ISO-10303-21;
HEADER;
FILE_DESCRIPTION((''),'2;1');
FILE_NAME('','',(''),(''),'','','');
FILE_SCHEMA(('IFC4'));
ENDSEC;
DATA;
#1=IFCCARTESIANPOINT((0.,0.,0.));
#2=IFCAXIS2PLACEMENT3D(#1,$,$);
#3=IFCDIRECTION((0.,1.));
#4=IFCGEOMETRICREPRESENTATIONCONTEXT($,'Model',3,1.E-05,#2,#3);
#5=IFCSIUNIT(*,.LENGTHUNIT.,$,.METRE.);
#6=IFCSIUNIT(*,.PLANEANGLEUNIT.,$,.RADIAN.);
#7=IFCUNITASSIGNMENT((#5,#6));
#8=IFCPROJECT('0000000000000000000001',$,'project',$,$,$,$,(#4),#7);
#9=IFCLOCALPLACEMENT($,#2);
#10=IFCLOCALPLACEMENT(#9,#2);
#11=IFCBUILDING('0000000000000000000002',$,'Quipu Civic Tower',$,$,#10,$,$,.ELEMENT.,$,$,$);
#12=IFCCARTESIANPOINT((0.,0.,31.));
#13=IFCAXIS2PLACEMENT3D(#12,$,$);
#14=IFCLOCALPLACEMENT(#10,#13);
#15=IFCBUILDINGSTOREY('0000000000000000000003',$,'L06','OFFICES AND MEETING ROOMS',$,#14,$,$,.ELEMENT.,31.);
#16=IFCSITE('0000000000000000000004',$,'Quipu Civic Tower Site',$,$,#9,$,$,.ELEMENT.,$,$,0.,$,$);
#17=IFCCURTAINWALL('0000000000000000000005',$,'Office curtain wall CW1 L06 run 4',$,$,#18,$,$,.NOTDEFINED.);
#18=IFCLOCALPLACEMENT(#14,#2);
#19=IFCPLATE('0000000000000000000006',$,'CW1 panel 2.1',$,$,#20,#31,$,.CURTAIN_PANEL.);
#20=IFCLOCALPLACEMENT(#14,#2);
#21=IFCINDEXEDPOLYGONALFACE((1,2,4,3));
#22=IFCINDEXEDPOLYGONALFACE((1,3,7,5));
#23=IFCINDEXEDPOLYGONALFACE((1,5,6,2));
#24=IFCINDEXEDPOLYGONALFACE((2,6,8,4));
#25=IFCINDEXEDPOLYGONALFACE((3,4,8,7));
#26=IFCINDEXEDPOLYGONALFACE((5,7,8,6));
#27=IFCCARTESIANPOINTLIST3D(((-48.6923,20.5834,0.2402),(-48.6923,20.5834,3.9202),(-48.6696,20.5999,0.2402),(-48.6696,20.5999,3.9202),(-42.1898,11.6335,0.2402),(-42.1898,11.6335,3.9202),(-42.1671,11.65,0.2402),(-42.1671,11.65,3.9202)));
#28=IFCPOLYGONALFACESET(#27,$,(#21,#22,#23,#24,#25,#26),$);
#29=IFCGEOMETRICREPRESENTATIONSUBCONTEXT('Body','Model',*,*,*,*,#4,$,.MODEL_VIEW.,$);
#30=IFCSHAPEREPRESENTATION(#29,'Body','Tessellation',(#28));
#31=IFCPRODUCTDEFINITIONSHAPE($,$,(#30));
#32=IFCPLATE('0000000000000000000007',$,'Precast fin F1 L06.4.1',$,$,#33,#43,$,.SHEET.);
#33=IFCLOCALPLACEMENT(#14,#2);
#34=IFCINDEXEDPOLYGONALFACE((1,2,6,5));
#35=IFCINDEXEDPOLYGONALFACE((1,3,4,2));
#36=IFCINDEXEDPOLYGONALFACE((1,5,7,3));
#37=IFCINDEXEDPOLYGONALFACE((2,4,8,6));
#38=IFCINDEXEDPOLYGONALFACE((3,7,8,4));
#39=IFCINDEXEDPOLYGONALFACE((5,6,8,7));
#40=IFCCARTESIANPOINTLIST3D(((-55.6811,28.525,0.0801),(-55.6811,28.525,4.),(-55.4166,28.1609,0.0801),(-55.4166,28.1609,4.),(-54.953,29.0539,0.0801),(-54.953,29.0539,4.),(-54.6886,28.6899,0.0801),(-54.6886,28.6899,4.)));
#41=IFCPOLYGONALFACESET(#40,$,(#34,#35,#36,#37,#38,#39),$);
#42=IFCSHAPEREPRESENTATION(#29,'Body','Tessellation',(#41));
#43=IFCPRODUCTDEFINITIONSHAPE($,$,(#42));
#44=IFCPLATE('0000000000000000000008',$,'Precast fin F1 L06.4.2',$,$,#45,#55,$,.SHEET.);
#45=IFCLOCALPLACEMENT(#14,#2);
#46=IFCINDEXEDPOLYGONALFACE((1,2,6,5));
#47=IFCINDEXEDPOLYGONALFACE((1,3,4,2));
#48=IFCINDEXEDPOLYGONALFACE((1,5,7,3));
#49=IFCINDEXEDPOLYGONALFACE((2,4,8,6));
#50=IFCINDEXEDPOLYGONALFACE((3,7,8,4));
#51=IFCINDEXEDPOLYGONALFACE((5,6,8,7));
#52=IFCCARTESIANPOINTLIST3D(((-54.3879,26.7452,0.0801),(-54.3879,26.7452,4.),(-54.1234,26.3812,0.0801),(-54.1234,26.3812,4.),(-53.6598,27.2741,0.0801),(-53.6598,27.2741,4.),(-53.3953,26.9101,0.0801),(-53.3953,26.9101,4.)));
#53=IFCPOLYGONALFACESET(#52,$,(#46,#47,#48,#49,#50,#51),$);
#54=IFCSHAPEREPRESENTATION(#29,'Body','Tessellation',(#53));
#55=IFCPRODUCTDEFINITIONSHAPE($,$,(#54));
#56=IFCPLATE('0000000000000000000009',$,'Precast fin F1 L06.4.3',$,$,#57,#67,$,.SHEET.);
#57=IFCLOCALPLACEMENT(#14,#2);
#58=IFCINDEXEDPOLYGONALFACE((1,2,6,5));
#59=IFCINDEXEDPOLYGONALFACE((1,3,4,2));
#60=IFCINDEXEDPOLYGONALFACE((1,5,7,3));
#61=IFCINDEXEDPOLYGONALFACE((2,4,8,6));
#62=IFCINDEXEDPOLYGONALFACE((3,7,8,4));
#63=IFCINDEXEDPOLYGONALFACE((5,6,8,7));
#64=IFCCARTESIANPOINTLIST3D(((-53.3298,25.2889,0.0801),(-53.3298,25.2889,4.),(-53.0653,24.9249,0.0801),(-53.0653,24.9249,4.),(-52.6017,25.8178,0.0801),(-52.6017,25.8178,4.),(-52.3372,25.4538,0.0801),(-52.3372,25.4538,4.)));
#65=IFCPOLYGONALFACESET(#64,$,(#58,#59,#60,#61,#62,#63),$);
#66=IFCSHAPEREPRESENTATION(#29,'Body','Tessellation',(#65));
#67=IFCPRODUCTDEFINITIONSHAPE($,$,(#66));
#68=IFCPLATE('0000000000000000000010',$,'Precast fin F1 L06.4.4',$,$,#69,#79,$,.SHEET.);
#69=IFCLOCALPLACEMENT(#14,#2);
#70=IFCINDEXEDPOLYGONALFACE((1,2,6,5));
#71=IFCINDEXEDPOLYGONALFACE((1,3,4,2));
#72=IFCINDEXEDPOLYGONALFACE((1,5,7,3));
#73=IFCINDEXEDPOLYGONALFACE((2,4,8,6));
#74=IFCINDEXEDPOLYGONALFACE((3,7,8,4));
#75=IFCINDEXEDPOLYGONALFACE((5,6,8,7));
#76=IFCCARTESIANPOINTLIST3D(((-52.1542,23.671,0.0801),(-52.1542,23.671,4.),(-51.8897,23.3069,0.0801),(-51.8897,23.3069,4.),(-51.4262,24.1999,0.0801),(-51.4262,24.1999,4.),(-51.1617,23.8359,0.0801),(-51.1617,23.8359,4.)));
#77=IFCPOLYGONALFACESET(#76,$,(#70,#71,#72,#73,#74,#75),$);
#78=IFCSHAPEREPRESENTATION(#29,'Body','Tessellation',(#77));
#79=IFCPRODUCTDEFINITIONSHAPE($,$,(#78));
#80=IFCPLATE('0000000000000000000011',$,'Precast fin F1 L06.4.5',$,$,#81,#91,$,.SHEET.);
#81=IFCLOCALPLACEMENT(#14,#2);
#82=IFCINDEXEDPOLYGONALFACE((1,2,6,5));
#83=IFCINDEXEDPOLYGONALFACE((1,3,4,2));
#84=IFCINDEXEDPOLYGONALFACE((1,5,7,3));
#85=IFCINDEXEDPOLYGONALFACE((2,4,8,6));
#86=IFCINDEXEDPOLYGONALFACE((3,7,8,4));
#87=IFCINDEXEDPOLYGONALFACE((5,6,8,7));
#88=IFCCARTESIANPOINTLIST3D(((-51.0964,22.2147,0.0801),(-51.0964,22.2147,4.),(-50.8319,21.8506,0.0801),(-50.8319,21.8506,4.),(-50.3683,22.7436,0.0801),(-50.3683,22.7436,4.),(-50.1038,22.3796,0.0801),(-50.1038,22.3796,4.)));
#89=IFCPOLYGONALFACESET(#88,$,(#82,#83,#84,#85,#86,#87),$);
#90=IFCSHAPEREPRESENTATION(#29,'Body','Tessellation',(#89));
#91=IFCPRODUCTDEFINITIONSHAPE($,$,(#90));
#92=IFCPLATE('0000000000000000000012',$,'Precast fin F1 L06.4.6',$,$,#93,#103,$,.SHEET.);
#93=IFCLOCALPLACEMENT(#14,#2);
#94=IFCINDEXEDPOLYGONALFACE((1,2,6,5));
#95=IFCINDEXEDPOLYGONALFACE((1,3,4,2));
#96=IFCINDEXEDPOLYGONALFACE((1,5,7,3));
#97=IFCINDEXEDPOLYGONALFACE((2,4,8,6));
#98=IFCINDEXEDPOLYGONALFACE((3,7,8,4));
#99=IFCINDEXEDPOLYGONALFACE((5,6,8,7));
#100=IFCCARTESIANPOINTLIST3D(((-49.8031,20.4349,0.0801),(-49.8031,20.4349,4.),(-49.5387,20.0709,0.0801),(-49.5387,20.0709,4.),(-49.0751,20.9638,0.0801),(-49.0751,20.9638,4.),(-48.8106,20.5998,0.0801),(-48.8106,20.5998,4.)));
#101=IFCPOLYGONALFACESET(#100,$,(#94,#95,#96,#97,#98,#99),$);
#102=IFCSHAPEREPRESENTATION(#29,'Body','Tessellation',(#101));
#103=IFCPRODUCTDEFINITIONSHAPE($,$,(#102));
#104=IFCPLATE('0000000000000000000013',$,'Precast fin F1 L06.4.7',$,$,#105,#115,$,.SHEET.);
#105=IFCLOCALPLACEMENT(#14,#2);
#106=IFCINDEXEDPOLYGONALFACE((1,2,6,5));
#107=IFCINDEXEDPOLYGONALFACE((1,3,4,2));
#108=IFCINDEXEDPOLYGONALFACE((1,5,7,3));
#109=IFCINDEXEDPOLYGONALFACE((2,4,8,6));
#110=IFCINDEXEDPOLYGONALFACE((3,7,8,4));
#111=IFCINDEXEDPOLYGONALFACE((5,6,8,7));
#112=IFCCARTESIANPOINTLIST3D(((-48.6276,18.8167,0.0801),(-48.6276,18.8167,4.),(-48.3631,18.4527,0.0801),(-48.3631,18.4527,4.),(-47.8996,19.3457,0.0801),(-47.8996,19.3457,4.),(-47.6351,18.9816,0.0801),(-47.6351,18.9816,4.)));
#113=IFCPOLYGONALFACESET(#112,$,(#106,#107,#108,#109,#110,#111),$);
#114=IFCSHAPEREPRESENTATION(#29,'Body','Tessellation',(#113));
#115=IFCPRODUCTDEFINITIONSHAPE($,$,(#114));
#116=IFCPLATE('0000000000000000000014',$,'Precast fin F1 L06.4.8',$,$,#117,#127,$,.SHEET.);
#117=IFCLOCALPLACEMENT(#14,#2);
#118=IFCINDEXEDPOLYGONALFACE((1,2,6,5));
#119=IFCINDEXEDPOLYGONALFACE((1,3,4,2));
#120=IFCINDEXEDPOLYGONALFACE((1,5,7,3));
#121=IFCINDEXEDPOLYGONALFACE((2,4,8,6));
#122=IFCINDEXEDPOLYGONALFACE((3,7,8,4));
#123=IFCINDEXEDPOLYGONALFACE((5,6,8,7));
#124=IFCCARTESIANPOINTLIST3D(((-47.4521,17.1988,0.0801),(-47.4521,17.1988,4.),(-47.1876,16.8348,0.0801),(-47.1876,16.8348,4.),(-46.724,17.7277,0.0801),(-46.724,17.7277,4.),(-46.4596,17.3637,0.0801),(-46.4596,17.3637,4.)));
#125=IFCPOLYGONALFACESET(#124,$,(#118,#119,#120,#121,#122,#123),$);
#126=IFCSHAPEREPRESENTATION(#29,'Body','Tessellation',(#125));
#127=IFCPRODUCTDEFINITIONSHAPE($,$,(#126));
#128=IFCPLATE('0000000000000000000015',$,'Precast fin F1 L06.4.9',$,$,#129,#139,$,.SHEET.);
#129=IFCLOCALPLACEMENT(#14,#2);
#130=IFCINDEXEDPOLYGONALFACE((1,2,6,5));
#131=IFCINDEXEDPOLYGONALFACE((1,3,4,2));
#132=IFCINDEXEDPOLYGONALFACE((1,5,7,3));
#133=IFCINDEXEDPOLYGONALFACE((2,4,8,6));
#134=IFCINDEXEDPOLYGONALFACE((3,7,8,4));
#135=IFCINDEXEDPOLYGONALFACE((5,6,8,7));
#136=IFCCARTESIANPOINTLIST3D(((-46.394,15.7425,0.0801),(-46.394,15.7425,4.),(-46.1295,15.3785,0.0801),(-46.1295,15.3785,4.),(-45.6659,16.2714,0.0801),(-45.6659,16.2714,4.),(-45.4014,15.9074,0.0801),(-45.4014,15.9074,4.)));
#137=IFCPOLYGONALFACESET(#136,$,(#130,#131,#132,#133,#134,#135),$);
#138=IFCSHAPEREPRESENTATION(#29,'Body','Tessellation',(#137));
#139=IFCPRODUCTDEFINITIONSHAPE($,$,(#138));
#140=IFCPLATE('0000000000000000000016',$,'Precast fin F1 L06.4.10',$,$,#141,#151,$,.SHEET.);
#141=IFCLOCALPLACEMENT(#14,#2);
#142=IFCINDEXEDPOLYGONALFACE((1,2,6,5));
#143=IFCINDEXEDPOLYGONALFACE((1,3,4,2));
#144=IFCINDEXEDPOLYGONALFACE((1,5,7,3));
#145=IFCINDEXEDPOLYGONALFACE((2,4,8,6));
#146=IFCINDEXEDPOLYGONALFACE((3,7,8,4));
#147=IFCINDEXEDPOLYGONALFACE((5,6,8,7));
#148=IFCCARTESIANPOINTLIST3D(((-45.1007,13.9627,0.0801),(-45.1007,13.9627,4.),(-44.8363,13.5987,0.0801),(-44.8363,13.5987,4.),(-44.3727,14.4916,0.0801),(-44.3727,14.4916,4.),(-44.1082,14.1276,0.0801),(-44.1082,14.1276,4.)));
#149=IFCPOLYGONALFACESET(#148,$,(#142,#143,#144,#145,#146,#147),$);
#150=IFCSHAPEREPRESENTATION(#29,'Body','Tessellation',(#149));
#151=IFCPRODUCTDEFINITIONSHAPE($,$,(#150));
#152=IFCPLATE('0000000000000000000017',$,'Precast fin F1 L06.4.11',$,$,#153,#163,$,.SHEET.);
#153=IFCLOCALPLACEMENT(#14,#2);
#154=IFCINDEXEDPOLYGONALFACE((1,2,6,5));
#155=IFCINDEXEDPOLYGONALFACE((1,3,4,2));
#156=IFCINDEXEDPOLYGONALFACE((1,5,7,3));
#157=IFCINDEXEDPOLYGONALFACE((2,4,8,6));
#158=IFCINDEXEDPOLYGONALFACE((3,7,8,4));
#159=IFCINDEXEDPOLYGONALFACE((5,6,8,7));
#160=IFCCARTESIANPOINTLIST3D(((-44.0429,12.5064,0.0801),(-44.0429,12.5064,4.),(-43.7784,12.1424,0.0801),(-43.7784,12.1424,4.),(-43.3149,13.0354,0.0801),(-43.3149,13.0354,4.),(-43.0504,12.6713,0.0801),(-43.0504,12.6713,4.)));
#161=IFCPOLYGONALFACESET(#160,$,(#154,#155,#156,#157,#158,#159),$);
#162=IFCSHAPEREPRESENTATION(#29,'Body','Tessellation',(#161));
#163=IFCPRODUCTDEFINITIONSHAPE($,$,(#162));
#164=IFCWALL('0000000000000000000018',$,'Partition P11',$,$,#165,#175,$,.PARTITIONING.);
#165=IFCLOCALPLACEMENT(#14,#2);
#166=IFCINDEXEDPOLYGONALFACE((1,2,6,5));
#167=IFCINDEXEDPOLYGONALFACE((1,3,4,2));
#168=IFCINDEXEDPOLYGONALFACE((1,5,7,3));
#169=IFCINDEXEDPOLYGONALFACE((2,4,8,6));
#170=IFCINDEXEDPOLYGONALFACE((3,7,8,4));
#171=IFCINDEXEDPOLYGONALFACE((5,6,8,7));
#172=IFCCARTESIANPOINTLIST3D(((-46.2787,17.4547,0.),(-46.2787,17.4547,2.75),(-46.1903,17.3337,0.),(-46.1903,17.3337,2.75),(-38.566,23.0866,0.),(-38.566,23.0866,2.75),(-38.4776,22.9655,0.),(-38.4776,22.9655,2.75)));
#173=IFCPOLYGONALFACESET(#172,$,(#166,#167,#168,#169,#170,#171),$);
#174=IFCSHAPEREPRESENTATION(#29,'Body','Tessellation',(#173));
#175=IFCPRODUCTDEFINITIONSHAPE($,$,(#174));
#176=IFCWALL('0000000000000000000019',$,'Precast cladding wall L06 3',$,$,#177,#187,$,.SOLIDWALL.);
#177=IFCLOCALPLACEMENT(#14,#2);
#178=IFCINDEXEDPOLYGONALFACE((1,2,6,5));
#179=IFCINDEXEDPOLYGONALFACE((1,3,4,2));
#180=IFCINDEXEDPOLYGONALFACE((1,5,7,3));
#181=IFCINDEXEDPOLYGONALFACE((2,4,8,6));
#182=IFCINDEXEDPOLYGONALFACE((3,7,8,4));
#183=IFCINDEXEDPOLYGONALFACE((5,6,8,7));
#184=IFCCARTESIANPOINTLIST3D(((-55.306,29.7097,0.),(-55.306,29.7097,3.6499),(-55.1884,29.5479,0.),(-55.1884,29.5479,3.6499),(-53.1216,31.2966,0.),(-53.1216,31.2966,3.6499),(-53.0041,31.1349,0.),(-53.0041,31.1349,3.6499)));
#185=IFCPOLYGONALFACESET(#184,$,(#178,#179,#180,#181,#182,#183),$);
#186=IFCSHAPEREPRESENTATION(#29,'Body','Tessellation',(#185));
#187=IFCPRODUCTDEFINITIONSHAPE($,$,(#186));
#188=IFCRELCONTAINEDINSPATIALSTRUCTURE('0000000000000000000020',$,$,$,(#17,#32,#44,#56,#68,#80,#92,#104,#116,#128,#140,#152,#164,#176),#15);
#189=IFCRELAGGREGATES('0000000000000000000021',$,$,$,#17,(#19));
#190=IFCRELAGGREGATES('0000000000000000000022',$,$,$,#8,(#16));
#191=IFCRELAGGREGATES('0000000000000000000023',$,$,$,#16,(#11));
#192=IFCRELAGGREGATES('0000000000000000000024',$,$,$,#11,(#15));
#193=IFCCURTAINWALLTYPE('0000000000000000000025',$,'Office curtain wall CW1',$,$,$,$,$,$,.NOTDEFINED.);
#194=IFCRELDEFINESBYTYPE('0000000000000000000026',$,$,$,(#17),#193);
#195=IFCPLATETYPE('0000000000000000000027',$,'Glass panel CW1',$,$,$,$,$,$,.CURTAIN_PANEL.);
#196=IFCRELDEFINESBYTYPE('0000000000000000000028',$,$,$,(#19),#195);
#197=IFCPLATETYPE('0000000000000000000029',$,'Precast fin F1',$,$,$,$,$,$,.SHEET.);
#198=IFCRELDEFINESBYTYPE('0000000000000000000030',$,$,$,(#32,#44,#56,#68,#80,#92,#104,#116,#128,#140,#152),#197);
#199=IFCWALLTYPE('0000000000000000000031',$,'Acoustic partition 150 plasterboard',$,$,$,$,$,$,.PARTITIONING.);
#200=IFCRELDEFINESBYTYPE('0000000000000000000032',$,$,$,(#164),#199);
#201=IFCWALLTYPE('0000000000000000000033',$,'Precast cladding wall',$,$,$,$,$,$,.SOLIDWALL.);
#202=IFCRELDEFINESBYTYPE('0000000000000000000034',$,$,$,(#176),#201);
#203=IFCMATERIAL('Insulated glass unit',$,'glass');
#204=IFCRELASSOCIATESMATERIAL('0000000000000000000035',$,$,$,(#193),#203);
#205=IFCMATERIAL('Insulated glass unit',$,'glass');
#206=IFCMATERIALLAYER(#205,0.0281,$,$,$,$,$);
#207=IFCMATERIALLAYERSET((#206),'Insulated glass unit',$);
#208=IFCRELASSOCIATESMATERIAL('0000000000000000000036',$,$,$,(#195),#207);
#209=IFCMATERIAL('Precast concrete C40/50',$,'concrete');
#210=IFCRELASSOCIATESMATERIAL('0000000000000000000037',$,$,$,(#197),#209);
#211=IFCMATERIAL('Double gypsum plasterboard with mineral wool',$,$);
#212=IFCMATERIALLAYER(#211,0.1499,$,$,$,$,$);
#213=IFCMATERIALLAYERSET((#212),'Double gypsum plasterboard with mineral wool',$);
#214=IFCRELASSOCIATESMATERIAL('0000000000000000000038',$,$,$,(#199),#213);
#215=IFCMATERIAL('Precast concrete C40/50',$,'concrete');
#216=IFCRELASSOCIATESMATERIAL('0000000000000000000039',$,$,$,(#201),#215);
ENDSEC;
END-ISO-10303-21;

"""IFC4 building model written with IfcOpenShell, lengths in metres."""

from ifc_helpers import new_model, si_unit, direction, frame, frame_2d, origin, origin_2d, place, context, subcontext, project, spatial, rectangle, extrude, material, layer, layer_set, type_object, element, aggregate, save


model = new_model("IFC4")

# Units and contexts
model_context = context("Model", 3, precision=1e-05, world=origin(), true_north=direction((0.0, 1.0)))
body_context = subcontext(model_context, "Body", "Model", "MODEL_VIEW")
ifc_project = project(units=[si_unit("LENGTHUNIT", "METRE"), si_unit("PLANEANGLEUNIT", "RADIAN")], contexts=[model_context])

# Site, building, storey
site_placement = place(None, origin())
site = spatial("IfcSite", under=ifc_project, at=site_placement, Name="Quipu Civic Tower Site", CompositionType="ELEMENT", RefElevation=0.0)
building_placement = place(site_placement, origin())
building = spatial("IfcBuilding", under=site, at=building_placement, Name="Quipu Civic Tower", CompositionType="ELEMENT")
storey_placement = place(building_placement, frame((0.0, 0.0, 31.0)))
storey = spatial("IfcBuildingStorey", under=building, at=storey_placement, Name="L06", Description="OFFICES AND MEETING ROOMS", CompositionType="ELEMENT", Elevation=31.0)

# Curtain wall
ifc_material_1 = material(Name="Insulated glass unit", Category="glass")
curtain_wall_type = type_object("IfcCurtainWallType", Name="Office curtain wall CW1", PredefinedType="NOTDEFINED", material=ifc_material_1)
curtain_wall_placement = place(storey_placement, origin())
curtain_wall = element("IfcCurtainWall", 1, at=curtain_wall_placement, inside=storey, type_object=curtain_wall_type, Name="Office curtain wall CW1 L06 run 4", PredefinedType="NOTDEFINED")

# Plate
ifc_material_2 = material(Name="Insulated glass unit", Category="glass")
ifc_layer_1 = layer(ifc_material_2, 0.0281)
ifc_layer_set_1 = layer_set([ifc_layer_1], Name="Insulated glass unit")
plate_type_1 = type_object("IfcPlateType", Name="Glass panel CW1", PredefinedType="CURTAIN_PANEL", material=ifc_layer_set_1)
plate_1_placement = place(storey_placement, frame((-45.4297, 16.1167, 0.2402), z_axis=(0.0, 0.0, 1.0), x_axis=(0.587786, -0.809017, 0.0)))
plate_1 = element("IfcPlate", 2, at=plate_1_placement, type_object=plate_type_1, Name="CW1 panel 2.1", PredefinedType="CURTAIN_PANEL", context=body_context, shape_type="SweptSolid", body=[
    extrude(rectangle(XDim=11.0627, YDim=0.0281, at=origin_2d()), origin(), (0.0, 0.0, 1.0), 3.6799),
])
aggregate(curtain_wall, [plate_1])

# Plates
ifc_material_3 = material(Name="Precast concrete C40/50", Category="concrete")
plate_type_2 = type_object("IfcPlateType", Name="Precast fin F1", PredefinedType="SHEET", material=ifc_material_3)
for number, where, z_axis, x_axis, name in (
    (3, (-55.1848, 28.6074, 0.0801), (0.0, 0.0, 1.0), (0.587786, -0.809017, 0.0), "Precast fin F1 L06.4.1"),
    (4, (-53.8916, 26.8276, 0.0801), (0.0, 0.0, 1.0), (0.587786, -0.809017, 0.0), "Precast fin F1 L06.4.2"),
    (5, (-52.8335, 25.3713, 0.0801), (0.0, 0.0, 1.0), (0.587786, -0.809017, 0.0), "Precast fin F1 L06.4.3"),
    (6, (-51.658, 23.7534, 0.0801), (0.0, 0.0, 1.0), (0.587786, -0.809017, 0.0), "Precast fin F1 L06.4.4"),
    (7, (-50.6001, 22.2971, 0.0801), (0.0, 0.0, 1.0), (0.587786, -0.809017, 0.0), "Precast fin F1 L06.4.5"),
    (8, (-49.3069, 20.5173, 0.0801), (0.0, 0.0, 1.0), (0.587786, -0.809017, 0.0), "Precast fin F1 L06.4.6"),
    (9, (-48.1313, 18.8992, 0.0801), (0.0, 0.0, 1.0), (0.587786, -0.809017, 0.0), "Precast fin F1 L06.4.7"),
    (10, (-46.9558, 17.2812, 0.0801), (0.0, 0.0, 1.0), (0.587786, -0.809017, 0.0), "Precast fin F1 L06.4.8"),
    (11, (-45.8977, 15.825, 0.0801), (0.0, 0.0, 1.0), (0.587786, -0.809017, 0.0), "Precast fin F1 L06.4.9"),
    (12, (-44.6045, 14.0452, 0.0801), (0.0, 0.0, 1.0), (0.587786, -0.809017, 0.0), "Precast fin F1 L06.4.10"),
    (13, (-43.5466, 12.5889, 0.0801), (0.0, 0.0, 1.0), (0.587786, -0.809017, 0.0), "Precast fin F1 L06.4.11"),
):
    element("IfcPlate", number, at=place(storey_placement, frame(where, z_axis=z_axis, x_axis=x_axis)), inside=storey, type_object=plate_type_2, Name=name, PredefinedType="SHEET", context=body_context, shape_type="SweptSolid", body=[
        extrude(rectangle(XDim=0.45, YDim=0.8999, at=origin_2d()), origin(), (0.0, 0.0, 1.0), 3.9199),
    ])

# Walls
ifc_material_4 = material(Name="Double gypsum plasterboard with mineral wool")
ifc_layer_2 = layer(ifc_material_4, 0.1499)
ifc_layer_set_2 = layer_set([ifc_layer_2], Name="Double gypsum plasterboard with mineral wool")
wall_type_1 = type_object("IfcWallType", Name="Acoustic partition 150 plasterboard", PredefinedType="PARTITIONING", material=ifc_layer_set_2)
wall_1_placement = place(storey_placement, frame((-46.2344, 17.3943, 0.0), z_axis=(0.0, 0.0, 1.0), x_axis=(0.807607, 0.589721, 0.0)))
element("IfcWall", 14, at=wall_1_placement, inside=storey, type_object=wall_type_1, Name="Partition P11", PredefinedType="PARTITIONING", context=body_context, shape_type="SweptSolid", body=[
    extrude(rectangle(XDim=9.55, YDim=0.1499, at=frame_2d((4.7749, 0.0))), origin(), (0.0, 0.0, 1.0), 2.75),
])
ifc_material_5 = material(Name="Precast concrete C40/50", Category="concrete")
wall_type_2 = type_object("IfcWallType", Name="Precast cladding wall", PredefinedType="SOLIDWALL", material=ifc_material_5)
wall_2_placement = place(storey_placement, frame((-53.0627, 31.2158, 0.0), z_axis=(0.0, 0.0, 1.0), x_axis=(-0.809033, -0.587763, 0.0)))
element("IfcWall", 15, at=wall_2_placement, inside=storey, type_object=wall_type_2, Name="Precast cladding wall L06 3", PredefinedType="SOLIDWALL", context=body_context, shape_type="SweptSolid", body=[
    extrude(rectangle(XDim=2.7, YDim=0.2, at=frame_2d((1.3501, 0.0))), origin(), (0.0, 0.0, 1.0), 3.6499),
])

save(model, "model.ifc")
